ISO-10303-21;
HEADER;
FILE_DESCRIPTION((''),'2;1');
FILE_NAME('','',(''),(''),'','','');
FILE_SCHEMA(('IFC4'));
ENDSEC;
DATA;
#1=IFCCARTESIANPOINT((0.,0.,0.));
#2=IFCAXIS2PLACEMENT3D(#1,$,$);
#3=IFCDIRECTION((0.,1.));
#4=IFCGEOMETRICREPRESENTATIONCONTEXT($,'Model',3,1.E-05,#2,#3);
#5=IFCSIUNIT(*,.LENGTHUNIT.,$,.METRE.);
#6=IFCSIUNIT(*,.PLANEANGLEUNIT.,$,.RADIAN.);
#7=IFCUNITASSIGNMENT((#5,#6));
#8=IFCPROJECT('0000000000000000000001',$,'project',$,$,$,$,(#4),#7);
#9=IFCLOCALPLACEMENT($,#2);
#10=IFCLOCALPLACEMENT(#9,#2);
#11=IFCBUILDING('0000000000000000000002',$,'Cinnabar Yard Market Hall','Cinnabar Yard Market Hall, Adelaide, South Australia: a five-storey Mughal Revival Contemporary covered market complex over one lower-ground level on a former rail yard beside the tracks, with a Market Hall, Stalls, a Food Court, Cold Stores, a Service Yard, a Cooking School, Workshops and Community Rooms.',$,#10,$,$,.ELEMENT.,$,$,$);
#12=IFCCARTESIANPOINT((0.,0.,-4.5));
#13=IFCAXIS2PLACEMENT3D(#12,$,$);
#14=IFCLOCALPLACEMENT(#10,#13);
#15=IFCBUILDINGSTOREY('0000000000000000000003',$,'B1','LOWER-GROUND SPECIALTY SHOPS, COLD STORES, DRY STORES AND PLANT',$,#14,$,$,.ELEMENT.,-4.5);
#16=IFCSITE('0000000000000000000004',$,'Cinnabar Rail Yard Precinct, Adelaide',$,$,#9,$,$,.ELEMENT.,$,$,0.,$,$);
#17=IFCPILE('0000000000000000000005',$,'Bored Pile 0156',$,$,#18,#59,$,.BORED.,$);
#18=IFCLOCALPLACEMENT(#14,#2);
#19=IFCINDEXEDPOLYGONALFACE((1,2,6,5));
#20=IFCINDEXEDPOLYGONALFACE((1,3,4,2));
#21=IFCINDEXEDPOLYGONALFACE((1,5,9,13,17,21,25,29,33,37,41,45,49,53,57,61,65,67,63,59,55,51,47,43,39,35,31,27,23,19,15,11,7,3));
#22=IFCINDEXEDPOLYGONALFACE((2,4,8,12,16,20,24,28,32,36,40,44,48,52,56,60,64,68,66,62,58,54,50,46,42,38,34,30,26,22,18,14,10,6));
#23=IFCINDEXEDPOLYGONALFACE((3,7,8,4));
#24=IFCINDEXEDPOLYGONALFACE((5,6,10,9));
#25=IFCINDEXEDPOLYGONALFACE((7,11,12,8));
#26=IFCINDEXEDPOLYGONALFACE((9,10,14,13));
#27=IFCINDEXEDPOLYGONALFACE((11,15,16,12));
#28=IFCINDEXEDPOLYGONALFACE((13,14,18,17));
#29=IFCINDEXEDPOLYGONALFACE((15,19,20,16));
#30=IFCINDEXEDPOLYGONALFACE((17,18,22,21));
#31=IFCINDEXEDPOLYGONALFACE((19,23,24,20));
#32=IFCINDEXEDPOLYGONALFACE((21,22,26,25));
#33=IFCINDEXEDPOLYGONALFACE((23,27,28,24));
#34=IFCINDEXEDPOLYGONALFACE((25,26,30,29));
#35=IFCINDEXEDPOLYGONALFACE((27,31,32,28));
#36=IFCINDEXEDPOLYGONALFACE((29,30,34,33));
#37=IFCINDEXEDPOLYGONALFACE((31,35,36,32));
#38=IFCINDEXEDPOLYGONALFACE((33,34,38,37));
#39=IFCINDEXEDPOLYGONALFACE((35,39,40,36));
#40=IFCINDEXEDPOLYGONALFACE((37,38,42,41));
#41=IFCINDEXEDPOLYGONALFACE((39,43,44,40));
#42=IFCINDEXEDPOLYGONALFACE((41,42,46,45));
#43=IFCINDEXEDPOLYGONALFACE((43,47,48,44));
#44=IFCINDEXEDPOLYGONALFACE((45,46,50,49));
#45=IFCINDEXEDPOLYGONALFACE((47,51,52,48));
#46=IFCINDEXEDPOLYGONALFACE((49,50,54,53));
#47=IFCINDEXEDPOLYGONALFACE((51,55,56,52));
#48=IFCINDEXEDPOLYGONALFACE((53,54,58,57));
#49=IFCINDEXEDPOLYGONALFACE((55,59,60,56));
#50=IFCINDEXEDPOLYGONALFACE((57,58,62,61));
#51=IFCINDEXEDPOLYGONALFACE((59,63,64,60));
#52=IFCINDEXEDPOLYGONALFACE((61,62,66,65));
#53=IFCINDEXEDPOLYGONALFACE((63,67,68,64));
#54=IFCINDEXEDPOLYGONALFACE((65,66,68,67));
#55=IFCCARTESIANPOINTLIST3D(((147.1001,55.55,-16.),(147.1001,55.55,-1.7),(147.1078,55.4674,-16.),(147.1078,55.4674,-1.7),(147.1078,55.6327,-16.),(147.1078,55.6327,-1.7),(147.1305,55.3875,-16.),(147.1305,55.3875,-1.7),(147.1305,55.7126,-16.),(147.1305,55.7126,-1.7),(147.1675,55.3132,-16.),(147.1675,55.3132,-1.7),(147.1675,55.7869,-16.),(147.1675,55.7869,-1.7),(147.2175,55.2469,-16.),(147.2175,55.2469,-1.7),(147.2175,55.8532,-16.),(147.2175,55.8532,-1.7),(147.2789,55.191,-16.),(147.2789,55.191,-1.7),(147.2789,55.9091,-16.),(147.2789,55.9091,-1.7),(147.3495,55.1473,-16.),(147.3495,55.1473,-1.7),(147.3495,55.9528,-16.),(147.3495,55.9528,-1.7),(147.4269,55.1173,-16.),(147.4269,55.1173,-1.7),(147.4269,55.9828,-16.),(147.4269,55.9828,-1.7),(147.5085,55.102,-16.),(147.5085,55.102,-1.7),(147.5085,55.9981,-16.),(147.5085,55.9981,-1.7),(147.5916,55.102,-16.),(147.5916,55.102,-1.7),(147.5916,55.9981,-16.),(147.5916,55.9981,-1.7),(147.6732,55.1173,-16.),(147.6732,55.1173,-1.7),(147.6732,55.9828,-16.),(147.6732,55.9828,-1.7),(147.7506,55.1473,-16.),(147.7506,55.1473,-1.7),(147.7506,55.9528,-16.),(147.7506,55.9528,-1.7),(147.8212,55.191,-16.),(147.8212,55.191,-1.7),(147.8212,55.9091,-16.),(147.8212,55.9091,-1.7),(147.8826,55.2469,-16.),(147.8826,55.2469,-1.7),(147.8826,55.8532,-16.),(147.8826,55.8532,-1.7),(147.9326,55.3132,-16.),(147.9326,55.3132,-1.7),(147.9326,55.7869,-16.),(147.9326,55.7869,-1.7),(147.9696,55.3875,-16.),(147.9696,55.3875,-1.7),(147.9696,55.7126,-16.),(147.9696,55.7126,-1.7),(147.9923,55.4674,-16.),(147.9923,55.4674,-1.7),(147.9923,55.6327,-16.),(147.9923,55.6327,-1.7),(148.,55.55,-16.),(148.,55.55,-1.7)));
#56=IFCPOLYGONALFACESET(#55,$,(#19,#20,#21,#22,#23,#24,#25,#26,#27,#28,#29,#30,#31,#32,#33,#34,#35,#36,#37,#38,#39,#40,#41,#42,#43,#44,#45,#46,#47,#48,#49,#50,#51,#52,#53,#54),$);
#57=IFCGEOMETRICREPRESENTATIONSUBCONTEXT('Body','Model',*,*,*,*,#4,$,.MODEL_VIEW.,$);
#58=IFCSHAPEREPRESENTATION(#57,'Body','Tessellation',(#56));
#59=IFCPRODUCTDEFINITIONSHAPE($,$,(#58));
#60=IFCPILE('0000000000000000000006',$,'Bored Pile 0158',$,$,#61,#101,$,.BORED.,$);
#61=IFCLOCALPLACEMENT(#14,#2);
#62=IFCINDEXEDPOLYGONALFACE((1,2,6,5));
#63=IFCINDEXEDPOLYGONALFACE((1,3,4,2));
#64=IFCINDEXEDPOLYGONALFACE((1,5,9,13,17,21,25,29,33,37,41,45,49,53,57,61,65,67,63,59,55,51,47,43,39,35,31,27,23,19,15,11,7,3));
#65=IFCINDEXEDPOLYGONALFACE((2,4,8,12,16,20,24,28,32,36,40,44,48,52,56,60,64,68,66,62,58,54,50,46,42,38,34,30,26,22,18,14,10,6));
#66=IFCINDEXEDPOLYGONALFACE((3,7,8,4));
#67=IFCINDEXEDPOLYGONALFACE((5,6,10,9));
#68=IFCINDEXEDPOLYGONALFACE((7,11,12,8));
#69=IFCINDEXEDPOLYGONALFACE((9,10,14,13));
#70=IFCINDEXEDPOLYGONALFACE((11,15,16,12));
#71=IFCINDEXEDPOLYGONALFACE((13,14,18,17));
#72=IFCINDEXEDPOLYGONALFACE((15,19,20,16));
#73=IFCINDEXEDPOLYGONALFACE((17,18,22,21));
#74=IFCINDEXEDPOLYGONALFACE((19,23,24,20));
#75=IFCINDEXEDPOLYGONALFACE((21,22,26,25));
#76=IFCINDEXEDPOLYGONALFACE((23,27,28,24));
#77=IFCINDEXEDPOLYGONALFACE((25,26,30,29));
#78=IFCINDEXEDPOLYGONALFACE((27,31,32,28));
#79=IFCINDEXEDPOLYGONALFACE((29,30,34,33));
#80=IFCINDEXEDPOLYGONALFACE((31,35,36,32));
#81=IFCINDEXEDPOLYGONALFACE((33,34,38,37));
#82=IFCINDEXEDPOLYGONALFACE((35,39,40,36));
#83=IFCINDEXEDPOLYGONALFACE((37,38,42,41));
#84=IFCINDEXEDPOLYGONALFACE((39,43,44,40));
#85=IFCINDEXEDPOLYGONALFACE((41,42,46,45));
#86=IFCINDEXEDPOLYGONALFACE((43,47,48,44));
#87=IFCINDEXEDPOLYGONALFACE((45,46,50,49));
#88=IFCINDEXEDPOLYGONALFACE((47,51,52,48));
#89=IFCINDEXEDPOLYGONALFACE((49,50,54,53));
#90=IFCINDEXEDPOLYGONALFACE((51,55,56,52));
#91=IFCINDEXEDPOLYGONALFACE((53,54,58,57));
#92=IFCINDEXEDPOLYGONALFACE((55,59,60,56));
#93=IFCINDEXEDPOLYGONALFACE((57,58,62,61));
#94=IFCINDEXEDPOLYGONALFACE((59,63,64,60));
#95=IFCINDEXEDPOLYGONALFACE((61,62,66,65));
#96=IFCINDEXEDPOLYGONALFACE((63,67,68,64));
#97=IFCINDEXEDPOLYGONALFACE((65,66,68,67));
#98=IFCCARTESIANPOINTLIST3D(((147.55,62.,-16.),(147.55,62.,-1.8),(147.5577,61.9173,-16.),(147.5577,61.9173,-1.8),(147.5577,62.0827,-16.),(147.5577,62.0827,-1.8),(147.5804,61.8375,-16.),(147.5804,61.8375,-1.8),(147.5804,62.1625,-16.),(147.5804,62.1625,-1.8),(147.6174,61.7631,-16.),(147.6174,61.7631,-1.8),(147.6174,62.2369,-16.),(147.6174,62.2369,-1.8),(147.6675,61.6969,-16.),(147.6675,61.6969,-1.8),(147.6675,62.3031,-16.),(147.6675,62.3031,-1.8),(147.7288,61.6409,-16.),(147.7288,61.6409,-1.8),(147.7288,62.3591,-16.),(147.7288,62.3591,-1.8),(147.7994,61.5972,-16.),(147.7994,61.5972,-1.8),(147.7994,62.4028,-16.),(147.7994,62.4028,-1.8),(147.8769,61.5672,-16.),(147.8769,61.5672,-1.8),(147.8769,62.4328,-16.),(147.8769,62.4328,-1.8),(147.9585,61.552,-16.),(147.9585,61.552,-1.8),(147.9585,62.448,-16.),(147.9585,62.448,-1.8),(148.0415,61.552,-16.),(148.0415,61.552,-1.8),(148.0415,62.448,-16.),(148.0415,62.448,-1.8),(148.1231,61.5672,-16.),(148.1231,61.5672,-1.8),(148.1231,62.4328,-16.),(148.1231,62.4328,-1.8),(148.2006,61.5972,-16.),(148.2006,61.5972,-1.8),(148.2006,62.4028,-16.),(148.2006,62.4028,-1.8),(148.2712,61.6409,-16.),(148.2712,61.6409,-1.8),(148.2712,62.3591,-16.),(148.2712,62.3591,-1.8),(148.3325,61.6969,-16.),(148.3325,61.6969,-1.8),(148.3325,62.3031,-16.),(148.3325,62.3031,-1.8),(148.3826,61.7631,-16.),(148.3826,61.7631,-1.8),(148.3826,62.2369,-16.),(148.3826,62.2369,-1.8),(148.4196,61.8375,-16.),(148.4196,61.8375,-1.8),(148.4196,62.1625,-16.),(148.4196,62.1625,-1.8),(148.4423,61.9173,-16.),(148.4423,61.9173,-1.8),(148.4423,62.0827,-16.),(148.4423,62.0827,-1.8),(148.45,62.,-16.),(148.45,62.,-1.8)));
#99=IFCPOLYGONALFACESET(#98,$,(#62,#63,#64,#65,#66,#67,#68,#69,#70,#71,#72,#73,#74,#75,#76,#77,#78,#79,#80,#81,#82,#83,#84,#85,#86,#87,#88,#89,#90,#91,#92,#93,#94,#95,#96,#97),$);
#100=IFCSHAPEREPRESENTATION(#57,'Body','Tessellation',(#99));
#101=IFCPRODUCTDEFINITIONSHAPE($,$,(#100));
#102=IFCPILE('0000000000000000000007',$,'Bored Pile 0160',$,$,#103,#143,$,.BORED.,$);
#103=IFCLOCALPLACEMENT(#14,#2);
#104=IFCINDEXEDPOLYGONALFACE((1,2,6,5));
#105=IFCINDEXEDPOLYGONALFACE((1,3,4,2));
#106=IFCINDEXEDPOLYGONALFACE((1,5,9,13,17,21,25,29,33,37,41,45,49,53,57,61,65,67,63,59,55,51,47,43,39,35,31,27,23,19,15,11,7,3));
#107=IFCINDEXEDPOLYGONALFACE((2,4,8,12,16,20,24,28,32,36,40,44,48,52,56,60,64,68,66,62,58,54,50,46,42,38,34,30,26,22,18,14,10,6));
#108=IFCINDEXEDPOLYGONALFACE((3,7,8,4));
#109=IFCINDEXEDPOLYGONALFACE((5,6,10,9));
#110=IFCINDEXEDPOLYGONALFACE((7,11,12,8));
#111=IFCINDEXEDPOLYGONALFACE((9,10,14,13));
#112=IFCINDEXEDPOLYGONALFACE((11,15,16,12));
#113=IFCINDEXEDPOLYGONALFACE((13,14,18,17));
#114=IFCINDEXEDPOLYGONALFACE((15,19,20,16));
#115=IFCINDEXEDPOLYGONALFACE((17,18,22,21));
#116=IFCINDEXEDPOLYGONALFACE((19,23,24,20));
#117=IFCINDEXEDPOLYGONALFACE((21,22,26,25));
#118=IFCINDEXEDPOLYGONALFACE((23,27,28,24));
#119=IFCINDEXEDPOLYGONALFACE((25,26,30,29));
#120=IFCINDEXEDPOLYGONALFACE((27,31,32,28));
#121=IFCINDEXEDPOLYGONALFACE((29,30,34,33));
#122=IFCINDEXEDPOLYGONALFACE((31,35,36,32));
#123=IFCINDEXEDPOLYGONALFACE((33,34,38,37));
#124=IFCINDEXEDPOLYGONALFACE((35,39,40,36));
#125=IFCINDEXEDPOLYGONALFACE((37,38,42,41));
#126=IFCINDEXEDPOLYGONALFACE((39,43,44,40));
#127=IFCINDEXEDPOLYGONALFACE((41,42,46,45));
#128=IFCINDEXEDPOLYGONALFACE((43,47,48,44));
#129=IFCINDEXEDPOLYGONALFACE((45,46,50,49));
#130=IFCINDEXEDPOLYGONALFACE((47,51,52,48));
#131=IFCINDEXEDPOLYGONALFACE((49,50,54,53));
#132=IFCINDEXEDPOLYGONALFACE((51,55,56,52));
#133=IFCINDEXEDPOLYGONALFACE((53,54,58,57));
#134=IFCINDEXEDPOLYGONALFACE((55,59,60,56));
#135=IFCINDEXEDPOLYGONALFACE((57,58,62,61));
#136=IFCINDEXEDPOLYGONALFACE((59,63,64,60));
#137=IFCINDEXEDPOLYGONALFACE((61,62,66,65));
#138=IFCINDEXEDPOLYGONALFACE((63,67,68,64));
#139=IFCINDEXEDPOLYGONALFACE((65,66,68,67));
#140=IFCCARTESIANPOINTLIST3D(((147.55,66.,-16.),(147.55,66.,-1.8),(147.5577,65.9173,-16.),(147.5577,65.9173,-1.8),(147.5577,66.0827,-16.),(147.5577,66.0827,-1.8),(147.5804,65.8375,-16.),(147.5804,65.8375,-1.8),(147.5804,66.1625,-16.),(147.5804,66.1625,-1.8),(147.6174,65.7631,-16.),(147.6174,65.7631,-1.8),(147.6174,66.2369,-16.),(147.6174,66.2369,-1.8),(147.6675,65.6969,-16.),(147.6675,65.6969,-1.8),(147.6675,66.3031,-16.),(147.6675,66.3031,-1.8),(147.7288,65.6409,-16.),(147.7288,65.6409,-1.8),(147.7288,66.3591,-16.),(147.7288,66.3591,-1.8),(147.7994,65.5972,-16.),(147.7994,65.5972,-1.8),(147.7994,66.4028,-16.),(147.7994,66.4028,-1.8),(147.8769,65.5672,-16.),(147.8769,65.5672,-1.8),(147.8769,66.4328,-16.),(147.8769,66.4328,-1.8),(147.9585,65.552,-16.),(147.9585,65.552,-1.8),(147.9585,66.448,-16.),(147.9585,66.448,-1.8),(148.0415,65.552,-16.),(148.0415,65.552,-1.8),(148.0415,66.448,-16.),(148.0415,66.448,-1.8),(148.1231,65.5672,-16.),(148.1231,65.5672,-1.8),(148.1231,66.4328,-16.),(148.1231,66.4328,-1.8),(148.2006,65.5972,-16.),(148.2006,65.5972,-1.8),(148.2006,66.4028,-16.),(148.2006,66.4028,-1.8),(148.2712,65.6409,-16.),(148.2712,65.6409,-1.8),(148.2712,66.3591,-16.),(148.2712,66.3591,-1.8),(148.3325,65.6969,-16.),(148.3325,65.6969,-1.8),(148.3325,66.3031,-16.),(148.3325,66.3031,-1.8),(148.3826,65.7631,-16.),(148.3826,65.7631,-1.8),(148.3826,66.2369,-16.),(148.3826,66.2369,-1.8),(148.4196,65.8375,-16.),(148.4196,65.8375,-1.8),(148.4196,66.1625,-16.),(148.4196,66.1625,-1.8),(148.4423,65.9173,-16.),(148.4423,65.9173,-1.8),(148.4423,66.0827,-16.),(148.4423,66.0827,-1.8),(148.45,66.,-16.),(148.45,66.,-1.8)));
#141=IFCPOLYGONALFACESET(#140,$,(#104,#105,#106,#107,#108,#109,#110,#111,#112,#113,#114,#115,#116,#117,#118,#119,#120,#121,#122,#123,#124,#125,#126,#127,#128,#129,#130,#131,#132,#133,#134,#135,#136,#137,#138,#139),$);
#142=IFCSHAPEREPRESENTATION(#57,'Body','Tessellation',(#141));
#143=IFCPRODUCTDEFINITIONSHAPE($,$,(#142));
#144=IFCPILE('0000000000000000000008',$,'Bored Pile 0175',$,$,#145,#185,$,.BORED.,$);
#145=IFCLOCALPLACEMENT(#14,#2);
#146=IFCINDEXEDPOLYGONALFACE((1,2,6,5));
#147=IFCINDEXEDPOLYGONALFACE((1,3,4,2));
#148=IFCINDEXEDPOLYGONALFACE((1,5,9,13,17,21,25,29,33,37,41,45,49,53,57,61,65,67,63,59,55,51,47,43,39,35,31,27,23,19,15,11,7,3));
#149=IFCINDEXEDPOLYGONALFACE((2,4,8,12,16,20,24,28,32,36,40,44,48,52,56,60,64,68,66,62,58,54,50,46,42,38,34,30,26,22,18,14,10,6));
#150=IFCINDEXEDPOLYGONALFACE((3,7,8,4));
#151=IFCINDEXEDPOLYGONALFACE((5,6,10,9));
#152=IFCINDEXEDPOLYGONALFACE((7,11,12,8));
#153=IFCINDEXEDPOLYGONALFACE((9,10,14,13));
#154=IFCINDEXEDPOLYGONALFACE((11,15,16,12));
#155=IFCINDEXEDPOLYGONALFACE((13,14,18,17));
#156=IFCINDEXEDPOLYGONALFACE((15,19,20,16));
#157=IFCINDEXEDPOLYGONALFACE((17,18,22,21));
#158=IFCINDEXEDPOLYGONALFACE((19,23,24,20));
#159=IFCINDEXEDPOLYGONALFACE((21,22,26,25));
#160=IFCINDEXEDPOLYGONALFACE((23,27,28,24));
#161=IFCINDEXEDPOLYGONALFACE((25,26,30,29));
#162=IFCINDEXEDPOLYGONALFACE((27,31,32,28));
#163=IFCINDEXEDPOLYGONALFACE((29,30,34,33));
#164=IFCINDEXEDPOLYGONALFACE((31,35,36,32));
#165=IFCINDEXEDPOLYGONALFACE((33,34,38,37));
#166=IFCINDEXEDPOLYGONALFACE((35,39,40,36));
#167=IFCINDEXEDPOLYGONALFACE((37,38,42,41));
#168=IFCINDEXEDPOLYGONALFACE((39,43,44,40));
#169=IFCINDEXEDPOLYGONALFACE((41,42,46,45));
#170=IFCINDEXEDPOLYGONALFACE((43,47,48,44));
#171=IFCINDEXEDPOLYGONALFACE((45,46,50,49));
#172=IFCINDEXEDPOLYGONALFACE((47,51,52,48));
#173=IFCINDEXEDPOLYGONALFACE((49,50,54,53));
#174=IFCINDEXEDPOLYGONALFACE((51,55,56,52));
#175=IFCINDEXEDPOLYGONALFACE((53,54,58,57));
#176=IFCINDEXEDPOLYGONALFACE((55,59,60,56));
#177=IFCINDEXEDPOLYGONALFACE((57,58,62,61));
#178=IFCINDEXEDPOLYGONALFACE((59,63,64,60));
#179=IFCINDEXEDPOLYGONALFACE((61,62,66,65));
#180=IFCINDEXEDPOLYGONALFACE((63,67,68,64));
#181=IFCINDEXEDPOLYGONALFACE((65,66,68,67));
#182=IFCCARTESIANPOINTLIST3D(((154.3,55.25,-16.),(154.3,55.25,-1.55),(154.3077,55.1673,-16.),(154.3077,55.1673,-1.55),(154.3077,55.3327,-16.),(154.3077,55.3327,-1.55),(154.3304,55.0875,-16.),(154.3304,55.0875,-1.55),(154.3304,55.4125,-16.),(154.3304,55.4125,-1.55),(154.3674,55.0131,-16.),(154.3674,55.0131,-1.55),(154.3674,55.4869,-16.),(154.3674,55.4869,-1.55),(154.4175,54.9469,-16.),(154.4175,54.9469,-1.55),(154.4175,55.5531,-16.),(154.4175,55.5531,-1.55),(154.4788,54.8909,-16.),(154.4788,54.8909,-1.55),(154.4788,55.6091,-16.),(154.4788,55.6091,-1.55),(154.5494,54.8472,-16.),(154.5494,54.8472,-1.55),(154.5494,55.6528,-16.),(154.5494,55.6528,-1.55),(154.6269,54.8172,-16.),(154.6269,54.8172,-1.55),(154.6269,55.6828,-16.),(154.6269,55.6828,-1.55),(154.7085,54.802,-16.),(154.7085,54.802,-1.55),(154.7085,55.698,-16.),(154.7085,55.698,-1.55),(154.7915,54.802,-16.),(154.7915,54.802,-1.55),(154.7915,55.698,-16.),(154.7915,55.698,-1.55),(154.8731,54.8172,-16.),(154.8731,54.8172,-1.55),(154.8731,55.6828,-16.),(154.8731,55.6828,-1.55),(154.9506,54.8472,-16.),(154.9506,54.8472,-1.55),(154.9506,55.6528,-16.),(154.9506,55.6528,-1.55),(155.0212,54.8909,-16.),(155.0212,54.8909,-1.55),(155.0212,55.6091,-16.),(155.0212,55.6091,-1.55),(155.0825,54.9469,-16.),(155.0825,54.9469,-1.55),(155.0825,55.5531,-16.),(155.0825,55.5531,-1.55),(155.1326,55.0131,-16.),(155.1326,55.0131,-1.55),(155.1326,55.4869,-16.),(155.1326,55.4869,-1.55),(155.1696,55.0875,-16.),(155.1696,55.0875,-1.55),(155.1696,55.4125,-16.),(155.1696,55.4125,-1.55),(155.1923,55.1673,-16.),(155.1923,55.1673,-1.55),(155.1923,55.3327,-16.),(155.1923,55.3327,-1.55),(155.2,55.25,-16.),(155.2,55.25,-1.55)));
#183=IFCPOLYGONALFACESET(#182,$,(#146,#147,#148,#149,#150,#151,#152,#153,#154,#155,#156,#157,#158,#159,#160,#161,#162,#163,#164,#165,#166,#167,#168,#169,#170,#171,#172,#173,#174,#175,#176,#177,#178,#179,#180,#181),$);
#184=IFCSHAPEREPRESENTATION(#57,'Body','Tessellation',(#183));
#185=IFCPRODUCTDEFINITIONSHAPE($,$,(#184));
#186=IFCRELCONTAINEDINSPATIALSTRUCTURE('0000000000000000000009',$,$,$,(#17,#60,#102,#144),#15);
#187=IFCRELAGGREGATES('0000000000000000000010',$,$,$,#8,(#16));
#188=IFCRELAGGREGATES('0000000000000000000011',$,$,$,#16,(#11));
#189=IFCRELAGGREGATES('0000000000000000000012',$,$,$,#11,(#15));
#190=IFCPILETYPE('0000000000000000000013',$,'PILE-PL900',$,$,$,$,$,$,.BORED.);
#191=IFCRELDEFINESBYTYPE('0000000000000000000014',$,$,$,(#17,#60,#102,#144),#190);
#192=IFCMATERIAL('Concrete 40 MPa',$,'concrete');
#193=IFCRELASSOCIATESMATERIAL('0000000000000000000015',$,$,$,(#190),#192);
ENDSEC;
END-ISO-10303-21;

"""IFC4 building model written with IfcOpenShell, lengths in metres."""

from ifc_helpers import new_model, si_unit, direction, frame, origin, origin_2d_with_axis, place, context, subcontext, project, spatial, circle, extrude, material, material_profile, profile_set, type_object, element, save


model = new_model("IFC4")

# Units and contexts
model_context = context("Model", 3, precision=1e-05, world=origin(), true_north=direction((0.0, 1.0)))
body_context = subcontext(model_context, "Body", "Model", "MODEL_VIEW")
ifc_project = project(units=[si_unit("LENGTHUNIT", "METRE"), si_unit("PLANEANGLEUNIT", "RADIAN")], contexts=[model_context])

# Site, building, storey
site_placement = place(None, origin())
site = spatial("IfcSite", under=ifc_project, at=site_placement, Name="Cinnabar Rail Yard Precinct, Adelaide", CompositionType="ELEMENT", RefElevation=0.0)
building_placement = place(site_placement, origin())
building = spatial("IfcBuilding", under=site, at=building_placement, Name="Cinnabar Yard Market Hall", Description="Cinnabar Yard Market Hall, Adelaide, South Australia: a five-storey Mughal Revival Contemporary covered market complex over one lower-ground level on a former rail yard beside the tracks, with a Market Hall, Stalls, a Food Court, Cold Stores, a Service Yard, a Cooking School, Workshops and Community Rooms.", CompositionType="ELEMENT")
storey_placement = place(building_placement, frame((0.0, 0.0, -4.5)))
storey = spatial("IfcBuildingStorey", under=building, at=storey_placement, Name="B1", Description="LOWER-GROUND SPECIALTY SHOPS, COLD STORES, DRY STORES AND PLANT", CompositionType="ELEMENT", Elevation=-4.5)

# Shared definitions
ifc_material_1 = material(Name="Concrete 40 MPa", Category="concrete")

# Piles
ifc_material_profile_1 = material_profile(ifc_material_1, circle(Radius=0.45, at=origin_2d_with_axis()), Name="PILE-D900")
ifc_profile_set_1 = profile_set([ifc_material_profile_1], Name="Concrete 40 MPa")
pile_type_1 = type_object("IfcPileType", Name="PILE-PL900", PredefinedType="BORED", material=ifc_profile_set_1)
pile_1_placement = place(storey_placement, frame((147.55, 55.55, -1.7), z_axis=(0.0, 0.0, -1.0), x_axis=(1.0, 0.0, 0.0)))
element("IfcPile", 1, at=pile_1_placement, inside=storey, type_object=pile_type_1, Name="Bored Pile 0156", PredefinedType="BORED", context=body_context, shape_type="SweptSolid", body=[
    extrude(circle(Radius=0.45, at=origin_2d_with_axis()), origin(), (0.0, 0.0, 1.0), 14.3),
])
for number, where, z_axis, x_axis, name in (
    (2, (148.0, 62.0, -1.8), (0.0, 0.0, -1.0), (1.0, 0.0, 0.0), "Bored Pile 0158"),
    (3, (148.0, 66.0, -1.8), (0.0, 0.0, -1.0), (1.0, 0.0, 0.0), "Bored Pile 0160"),
):
    element("IfcPile", number, at=place(storey_placement, frame(where, z_axis=z_axis, x_axis=x_axis)), inside=storey, type_object=pile_type_1, Name=name, PredefinedType="BORED", context=body_context, shape_type="SweptSolid", body=[
        extrude(circle(Radius=0.45, at=origin_2d_with_axis()), origin(), (0.0, 0.0, 1.0), 14.2),
    ])
pile_2_placement = place(storey_placement, frame((154.75, 55.25, -1.55), z_axis=(0.0, 0.0, -1.0), x_axis=(1.0, 0.0, 0.0)))
element("IfcPile", 4, at=pile_2_placement, inside=storey, type_object=pile_type_1, Name="Bored Pile 0175", PredefinedType="BORED", context=body_context, shape_type="SweptSolid", body=[
    extrude(circle(Radius=0.45, at=origin_2d_with_axis()), origin(), (0.0, 0.0, 1.0), 14.45),
])

save(model, "model.ifc")
